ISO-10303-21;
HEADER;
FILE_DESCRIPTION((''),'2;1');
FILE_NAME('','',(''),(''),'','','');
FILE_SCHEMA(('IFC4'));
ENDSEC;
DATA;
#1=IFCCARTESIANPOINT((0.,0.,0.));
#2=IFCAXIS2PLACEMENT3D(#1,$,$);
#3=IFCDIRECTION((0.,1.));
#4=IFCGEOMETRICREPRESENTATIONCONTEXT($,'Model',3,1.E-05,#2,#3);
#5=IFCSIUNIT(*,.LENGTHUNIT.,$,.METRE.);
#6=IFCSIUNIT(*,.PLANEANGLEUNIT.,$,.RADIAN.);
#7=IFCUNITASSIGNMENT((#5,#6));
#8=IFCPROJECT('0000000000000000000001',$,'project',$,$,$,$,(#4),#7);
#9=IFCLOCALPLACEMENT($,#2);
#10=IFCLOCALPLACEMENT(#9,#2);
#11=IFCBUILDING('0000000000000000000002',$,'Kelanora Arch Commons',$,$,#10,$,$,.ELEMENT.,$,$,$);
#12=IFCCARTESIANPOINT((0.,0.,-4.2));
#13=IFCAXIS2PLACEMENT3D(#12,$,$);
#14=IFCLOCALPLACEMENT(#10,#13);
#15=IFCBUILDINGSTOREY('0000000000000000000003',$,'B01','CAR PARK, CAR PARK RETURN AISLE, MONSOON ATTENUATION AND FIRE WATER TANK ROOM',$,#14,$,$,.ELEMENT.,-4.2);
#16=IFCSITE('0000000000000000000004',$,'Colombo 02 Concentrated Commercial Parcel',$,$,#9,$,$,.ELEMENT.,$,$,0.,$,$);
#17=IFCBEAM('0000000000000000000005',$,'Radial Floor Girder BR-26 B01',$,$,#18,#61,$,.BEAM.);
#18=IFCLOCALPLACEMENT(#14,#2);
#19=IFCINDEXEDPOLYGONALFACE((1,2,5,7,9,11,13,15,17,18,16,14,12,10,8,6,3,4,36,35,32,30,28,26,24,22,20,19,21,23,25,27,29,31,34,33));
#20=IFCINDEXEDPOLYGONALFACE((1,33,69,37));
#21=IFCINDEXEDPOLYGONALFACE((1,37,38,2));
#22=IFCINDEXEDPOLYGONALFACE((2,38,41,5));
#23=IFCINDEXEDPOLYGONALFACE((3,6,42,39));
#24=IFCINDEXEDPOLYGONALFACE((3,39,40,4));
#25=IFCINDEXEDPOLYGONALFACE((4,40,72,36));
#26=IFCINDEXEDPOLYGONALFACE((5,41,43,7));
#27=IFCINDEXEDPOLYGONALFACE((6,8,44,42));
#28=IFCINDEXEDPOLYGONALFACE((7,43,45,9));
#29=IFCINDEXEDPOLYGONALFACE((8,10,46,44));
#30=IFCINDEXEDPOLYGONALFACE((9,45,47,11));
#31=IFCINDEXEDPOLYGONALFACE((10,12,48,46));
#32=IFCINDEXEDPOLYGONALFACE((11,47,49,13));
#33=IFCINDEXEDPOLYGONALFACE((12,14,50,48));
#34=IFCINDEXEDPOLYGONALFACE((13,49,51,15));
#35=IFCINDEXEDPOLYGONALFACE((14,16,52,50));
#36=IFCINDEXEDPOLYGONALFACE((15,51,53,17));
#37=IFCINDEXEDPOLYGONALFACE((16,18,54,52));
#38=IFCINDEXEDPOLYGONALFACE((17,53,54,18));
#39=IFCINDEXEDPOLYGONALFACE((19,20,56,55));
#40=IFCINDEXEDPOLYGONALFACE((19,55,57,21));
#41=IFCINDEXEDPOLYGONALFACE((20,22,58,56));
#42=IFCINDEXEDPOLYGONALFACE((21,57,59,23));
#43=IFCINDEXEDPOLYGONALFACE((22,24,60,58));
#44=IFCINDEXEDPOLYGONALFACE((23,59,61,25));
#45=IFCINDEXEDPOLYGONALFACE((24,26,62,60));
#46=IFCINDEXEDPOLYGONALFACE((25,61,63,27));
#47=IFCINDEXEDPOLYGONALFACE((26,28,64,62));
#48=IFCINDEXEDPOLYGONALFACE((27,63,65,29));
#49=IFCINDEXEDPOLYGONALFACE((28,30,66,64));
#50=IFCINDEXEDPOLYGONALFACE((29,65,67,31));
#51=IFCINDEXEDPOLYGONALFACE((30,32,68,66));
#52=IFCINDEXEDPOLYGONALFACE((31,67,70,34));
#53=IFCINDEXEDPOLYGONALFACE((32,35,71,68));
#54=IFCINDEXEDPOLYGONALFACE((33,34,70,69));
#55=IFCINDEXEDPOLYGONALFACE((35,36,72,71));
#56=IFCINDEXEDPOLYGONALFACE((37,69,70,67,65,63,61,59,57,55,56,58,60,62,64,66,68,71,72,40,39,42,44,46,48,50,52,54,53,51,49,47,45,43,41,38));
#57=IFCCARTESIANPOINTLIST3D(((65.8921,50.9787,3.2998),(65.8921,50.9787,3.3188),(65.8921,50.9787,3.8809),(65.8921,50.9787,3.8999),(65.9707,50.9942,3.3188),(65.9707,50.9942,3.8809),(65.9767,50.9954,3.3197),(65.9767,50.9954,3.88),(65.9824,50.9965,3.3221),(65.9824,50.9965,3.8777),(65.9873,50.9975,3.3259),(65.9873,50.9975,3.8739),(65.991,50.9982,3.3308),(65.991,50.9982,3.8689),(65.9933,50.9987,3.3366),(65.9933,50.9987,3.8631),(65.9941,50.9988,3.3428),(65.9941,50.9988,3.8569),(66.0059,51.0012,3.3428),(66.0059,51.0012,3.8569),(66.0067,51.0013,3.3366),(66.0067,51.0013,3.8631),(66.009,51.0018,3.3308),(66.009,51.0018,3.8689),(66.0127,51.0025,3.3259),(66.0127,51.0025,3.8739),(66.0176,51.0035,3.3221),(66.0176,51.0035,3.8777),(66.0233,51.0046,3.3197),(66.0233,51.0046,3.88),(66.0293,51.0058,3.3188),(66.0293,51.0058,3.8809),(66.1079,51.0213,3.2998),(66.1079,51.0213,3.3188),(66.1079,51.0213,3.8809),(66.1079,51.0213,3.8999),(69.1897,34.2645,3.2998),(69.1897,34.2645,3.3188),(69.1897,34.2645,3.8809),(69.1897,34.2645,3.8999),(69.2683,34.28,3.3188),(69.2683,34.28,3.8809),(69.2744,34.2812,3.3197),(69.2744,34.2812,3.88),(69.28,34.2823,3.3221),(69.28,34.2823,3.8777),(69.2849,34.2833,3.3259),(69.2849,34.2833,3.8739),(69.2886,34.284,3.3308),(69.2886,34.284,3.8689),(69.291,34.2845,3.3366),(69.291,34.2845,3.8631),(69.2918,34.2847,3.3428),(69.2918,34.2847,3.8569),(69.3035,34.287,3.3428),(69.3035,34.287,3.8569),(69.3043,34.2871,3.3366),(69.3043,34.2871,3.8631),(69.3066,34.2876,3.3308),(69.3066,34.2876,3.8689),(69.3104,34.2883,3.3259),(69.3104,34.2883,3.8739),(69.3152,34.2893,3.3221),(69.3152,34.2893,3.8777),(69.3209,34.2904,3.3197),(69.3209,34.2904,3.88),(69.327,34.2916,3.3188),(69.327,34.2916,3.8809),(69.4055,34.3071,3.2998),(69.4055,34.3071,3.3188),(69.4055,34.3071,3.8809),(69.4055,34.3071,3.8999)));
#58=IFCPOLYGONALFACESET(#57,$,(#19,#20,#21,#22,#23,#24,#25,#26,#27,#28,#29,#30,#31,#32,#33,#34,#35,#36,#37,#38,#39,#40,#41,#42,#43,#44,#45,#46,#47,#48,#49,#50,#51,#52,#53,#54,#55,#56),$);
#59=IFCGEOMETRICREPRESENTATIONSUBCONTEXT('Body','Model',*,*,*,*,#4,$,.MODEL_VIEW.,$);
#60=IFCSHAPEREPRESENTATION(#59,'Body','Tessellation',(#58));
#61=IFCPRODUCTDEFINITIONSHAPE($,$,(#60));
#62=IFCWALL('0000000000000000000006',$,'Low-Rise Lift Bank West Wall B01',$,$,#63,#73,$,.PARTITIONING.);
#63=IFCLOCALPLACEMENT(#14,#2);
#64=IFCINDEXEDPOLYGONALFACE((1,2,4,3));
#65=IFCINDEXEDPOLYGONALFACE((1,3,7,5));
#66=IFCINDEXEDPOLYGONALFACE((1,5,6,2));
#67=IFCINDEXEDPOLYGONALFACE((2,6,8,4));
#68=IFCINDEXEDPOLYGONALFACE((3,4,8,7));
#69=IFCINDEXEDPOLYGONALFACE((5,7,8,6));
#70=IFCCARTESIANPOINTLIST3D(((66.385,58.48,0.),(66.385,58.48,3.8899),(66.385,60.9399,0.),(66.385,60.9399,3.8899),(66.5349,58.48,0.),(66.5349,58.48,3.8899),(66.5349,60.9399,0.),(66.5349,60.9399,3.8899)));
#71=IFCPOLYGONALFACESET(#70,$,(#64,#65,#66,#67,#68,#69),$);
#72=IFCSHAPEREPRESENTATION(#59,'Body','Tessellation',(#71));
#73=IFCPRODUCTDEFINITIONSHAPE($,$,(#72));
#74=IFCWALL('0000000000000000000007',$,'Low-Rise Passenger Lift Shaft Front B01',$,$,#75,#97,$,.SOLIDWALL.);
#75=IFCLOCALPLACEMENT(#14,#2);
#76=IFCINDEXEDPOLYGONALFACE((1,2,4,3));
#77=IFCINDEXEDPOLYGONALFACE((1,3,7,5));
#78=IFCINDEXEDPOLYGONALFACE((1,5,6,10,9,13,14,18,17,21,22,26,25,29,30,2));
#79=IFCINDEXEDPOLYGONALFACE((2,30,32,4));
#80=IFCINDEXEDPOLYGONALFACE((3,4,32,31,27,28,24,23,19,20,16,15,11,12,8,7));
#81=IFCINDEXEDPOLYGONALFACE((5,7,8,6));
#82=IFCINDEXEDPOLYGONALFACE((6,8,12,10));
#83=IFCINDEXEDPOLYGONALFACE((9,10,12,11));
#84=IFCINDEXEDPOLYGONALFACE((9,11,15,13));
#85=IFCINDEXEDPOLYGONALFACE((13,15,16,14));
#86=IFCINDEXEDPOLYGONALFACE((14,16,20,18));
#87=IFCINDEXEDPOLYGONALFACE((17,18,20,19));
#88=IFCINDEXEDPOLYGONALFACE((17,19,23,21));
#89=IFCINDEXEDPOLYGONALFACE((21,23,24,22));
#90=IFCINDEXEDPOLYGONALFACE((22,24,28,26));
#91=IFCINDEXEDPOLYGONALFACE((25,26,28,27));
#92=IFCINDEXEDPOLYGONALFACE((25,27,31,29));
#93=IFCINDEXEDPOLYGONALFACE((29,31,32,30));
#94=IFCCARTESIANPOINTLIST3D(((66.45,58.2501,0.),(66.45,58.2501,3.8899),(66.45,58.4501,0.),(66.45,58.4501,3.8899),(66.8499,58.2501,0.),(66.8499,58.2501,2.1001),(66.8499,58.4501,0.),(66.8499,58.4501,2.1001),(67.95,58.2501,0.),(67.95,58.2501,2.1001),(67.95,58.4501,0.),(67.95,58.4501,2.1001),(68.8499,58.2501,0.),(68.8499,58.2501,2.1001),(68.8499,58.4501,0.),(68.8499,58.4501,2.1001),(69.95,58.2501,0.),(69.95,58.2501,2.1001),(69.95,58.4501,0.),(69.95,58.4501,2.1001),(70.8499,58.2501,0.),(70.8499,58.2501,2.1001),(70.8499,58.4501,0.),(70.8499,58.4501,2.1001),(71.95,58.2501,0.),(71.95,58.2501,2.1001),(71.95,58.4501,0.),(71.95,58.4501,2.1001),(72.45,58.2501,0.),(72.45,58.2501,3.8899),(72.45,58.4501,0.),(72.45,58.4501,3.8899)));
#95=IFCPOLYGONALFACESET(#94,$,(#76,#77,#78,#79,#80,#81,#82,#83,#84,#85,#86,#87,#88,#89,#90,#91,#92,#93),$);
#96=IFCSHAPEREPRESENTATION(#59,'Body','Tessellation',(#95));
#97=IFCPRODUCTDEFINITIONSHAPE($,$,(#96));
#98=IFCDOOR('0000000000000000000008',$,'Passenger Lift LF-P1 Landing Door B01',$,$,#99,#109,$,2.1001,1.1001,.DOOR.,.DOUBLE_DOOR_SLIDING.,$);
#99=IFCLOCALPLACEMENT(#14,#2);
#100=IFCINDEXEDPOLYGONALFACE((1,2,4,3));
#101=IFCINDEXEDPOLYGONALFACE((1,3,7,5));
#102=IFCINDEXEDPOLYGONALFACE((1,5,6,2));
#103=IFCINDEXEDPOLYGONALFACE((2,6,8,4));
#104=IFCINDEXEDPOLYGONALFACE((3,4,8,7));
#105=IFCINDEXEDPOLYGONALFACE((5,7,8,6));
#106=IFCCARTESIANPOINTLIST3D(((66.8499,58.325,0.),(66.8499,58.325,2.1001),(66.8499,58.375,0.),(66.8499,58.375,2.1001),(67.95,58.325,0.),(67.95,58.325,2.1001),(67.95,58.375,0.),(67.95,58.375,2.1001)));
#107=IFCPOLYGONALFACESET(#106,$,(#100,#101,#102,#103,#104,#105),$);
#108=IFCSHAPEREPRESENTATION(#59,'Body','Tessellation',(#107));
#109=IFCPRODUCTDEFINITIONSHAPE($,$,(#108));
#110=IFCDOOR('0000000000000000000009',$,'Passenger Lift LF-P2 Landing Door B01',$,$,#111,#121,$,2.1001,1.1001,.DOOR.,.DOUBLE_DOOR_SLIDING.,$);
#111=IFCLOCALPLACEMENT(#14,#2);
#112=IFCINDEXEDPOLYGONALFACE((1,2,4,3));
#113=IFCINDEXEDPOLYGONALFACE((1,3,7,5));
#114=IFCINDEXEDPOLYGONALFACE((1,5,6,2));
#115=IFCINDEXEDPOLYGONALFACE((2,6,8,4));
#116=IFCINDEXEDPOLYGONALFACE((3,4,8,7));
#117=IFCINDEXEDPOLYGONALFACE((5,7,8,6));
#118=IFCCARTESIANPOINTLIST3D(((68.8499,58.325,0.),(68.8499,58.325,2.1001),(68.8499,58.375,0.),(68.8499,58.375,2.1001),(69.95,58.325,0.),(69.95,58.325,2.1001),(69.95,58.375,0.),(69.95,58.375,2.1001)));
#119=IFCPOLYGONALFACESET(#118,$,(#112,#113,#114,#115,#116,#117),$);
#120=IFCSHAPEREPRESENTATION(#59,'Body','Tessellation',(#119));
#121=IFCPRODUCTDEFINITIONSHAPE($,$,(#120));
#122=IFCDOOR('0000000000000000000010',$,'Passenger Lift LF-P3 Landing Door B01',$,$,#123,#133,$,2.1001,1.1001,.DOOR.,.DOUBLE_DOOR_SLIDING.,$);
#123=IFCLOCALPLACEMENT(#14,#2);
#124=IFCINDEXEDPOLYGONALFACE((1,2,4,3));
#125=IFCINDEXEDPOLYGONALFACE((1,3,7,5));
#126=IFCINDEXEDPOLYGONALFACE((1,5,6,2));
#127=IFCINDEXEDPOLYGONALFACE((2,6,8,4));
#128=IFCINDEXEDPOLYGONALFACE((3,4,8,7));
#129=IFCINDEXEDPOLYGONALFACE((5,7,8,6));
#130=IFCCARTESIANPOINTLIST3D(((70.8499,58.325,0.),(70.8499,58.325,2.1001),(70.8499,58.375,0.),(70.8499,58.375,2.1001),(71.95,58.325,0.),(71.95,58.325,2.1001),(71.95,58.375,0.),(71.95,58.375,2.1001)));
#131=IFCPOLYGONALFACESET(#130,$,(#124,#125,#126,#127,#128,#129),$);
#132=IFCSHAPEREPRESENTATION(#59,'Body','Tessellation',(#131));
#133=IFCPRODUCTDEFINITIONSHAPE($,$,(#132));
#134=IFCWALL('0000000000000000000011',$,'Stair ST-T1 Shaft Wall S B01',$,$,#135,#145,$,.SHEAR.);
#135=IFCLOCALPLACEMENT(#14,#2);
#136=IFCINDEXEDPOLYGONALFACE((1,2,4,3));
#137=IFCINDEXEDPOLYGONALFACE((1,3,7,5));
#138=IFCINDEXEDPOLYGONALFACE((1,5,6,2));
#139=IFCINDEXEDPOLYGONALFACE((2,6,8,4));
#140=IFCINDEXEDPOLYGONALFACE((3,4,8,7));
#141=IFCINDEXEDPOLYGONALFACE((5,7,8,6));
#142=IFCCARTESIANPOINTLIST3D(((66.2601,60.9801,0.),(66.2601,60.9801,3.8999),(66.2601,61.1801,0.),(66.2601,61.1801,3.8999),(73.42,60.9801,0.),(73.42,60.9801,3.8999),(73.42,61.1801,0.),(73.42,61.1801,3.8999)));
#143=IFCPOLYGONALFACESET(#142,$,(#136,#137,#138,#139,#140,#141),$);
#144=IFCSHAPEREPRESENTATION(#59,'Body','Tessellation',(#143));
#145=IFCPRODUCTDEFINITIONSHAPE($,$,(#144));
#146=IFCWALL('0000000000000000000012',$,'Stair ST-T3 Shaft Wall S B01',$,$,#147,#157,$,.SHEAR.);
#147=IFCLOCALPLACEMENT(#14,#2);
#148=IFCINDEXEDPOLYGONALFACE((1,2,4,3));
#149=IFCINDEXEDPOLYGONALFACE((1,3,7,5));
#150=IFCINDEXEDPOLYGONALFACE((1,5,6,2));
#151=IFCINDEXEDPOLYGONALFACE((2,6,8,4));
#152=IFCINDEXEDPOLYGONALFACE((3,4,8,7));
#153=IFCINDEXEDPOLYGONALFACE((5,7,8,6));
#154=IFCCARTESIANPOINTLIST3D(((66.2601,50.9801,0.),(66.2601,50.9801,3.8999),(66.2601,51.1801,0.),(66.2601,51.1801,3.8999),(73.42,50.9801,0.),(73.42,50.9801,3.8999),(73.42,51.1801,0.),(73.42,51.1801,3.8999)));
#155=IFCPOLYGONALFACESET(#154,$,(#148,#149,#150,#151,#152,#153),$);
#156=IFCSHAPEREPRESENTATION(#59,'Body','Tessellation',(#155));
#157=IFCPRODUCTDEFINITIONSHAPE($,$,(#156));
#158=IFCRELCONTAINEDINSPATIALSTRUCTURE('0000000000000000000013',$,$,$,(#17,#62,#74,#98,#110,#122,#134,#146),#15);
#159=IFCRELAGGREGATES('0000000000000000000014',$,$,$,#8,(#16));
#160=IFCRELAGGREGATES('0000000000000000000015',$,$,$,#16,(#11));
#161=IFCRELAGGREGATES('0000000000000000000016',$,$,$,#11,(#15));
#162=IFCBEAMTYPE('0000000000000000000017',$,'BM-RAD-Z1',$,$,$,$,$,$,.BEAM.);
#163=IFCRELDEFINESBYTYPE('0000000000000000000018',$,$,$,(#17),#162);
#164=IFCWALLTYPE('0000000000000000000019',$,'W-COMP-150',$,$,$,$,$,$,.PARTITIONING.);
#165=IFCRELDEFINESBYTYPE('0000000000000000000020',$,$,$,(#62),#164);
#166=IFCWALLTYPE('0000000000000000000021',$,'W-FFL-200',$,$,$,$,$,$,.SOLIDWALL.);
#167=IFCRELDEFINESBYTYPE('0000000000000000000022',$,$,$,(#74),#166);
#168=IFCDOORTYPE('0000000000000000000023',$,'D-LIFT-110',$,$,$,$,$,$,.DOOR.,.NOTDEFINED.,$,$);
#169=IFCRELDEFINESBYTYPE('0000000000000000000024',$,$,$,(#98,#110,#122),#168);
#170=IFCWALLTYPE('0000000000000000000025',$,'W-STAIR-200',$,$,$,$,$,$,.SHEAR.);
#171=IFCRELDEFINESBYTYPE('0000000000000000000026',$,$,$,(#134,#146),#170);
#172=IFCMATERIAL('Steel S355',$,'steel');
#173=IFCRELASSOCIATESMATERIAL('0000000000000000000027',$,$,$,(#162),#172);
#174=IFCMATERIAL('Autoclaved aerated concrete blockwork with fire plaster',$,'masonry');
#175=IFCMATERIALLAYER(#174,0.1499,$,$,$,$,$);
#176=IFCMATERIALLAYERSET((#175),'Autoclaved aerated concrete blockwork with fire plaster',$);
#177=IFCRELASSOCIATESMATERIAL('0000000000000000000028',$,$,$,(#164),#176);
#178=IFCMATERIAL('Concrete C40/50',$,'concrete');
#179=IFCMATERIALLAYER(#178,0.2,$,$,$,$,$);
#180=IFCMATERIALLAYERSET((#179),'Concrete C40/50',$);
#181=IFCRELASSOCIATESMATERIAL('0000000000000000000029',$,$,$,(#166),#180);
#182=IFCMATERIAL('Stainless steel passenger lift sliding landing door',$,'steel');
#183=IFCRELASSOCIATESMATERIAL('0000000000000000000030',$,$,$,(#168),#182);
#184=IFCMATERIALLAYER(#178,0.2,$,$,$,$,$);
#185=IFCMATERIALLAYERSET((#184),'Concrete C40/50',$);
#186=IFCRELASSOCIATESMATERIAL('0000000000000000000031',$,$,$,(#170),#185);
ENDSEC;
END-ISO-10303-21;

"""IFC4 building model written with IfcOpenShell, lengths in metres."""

from ifc_helpers import new_model, si_unit, direction, frame, frame_2d, origin, origin_2d, place, context, subcontext, project, spatial, rectangle, i_section, extrude, material, layer, layer_set, material_profile, profile_set, type_object, element, fill, save


model = new_model("IFC4")

# Units and contexts
model_context = context("Model", 3, precision=1e-05, world=origin(), true_north=direction((0.0, 1.0)))
body_context = subcontext(model_context, "Body", "Model", "MODEL_VIEW")
ifc_project = project(units=[si_unit("LENGTHUNIT", "METRE"), si_unit("PLANEANGLEUNIT", "RADIAN")], contexts=[model_context])

# Site, building, storey
site_placement = place(None, origin())
site = spatial("IfcSite", under=ifc_project, at=site_placement, Name="Colombo 02 Concentrated Commercial Parcel", CompositionType="ELEMENT", RefElevation=0.0)
building_placement = place(site_placement, origin())
building = spatial("IfcBuilding", under=site, at=building_placement, Name="Kelanora Arch Commons", CompositionType="ELEMENT")
storey_placement = place(building_placement, frame((0.0, 0.0, -4.2)))
storey = spatial("IfcBuildingStorey", under=building, at=storey_placement, Name="B01", Description="CAR PARK, CAR PARK RETURN AISLE, MONSOON ATTENUATION AND FIRE WATER TANK ROOM", CompositionType="ELEMENT", Elevation=-4.2)

# Beam
ifc_material_1 = material(Name="Steel S355", Category="steel")
ifc_material_profile_1 = material_profile(ifc_material_1, i_section(OverallWidth=0.22, OverallDepth=0.6001, WebThickness=0.012, FlangeThickness=0.019, FilletRadius=0.0239, at=origin_2d()), Name="IPE600")
ifc_profile_set_1 = profile_set([ifc_material_profile_1], Name="Steel S355")
beam_type_1 = type_object("IfcBeamType", Name="BM-RAD-Z1", PredefinedType="BEAM", material=ifc_profile_set_1)
beam_1_placement = place(storey_placement, frame((66.0, 51.0, 3.5999), z_axis=(0.193564, -0.981088, 0.0), x_axis=(0.981088, 0.193564, 0.0)))
element("IfcBeam", 1, at=beam_1_placement, inside=storey, type_object=beam_type_1, Name="Radial Floor Girder BR-26 B01", PredefinedType="BEAM", context=body_context, shape_type="SweptSolid", body=[
    extrude(i_section(OverallWidth=0.22, OverallDepth=0.6001, WebThickness=0.012, FlangeThickness=0.019, FilletRadius=0.0239, at=origin_2d()), origin(), (0.0, 0.0, 1.0), 17.0364),
])

# Wall
ifc_material_2 = material(Name="Autoclaved aerated concrete blockwork with fire plaster", Category="masonry")
ifc_layer_1 = layer(ifc_material_2, 0.1499)
ifc_layer_set_1 = layer_set([ifc_layer_1], Name="Autoclaved aerated concrete blockwork with fire plaster")
wall_type_1 = type_object("IfcWallType", Name="W-COMP-150", PredefinedType="PARTITIONING", material=ifc_layer_set_1)
wall_1_placement = place(storey_placement, frame((66.46, 58.48, 0.0), z_axis=(0.0, 0.0, 1.0), x_axis=(0.0, 1.0, 0.0)))
element("IfcWall", 2, at=wall_1_placement, inside=storey, type_object=wall_type_1, Name="Low-Rise Lift Bank West Wall B01", PredefinedType="PARTITIONING", context=body_context, shape_type="SweptSolid", body=[
    extrude(rectangle(XDim=2.46, YDim=0.1499, at=frame_2d((1.23, 0.0))), origin(), (0.0, 0.0, 1.0), 3.8899),
])

# Wall, openings, doors
ifc_material_3 = material(Name="Concrete C40/50", Category="concrete")
ifc_layer_2 = layer(ifc_material_3, 0.2)
ifc_layer_set_2 = layer_set([ifc_layer_2], Name="Concrete C40/50")
wall_type_2 = type_object("IfcWallType", Name="W-FFL-200", PredefinedType="SOLIDWALL", material=ifc_layer_set_2)
wall_2_placement = place(storey_placement, frame((66.45, 58.3501, 0.0), z_axis=(0.0, 0.0, 1.0), x_axis=(1.0, 0.0, 0.0)))
wall_2 = element("IfcWall", 3, at=wall_2_placement, inside=storey, type_object=wall_type_2, Name="Low-Rise Passenger Lift Shaft Front B01", PredefinedType="SOLIDWALL", context=body_context, shape_type="SweptSolid", body=[
    extrude(rectangle(XDim=6.0, YDim=0.2, at=frame_2d((3.0, 0.0))), origin(), (0.0, 0.0, 1.0), 3.8899),
])
opening_1_placement = place(wall_2_placement, frame((0.3999, 0.0, 0.0)))
opening_1 = element("IfcOpeningElement", 4, at=opening_1_placement, cuts=wall_2, PredefinedType="OPENING", context=body_context, shape_type="SweptSolid", body=[
    extrude(rectangle(XDim=1.1001, YDim=2.1001, at=frame_2d((0.55, 1.05))), frame((0.0, 0.1099, 0.0), z_axis=(0.0, -1.0, 0.0), x_axis=(1.0, 0.0, 0.0)), (0.0, 0.0, 1.0), 0.22),
])
opening_2_placement = place(wall_2_placement, frame((2.3999, 0.0, 0.0)))
opening_2 = element("IfcOpeningElement", 5, at=opening_2_placement, cuts=wall_2, PredefinedType="OPENING", context=body_context, shape_type="SweptSolid", body=[
    extrude(rectangle(XDim=1.1001, YDim=2.1001, at=frame_2d((0.55, 1.05))), frame((0.0, 0.1099, 0.0), z_axis=(0.0, -1.0, 0.0), x_axis=(1.0, 0.0, 0.0)), (0.0, 0.0, 1.0), 0.22),
])
opening_3_placement = place(wall_2_placement, frame((4.3999, 0.0, 0.0)))
opening_3 = element("IfcOpeningElement", 6, at=opening_3_placement, cuts=wall_2, PredefinedType="OPENING", context=body_context, shape_type="SweptSolid", body=[
    extrude(rectangle(XDim=1.1001, YDim=2.1001, at=frame_2d((0.55, 1.05))), frame((0.0, 0.1099, 0.0), z_axis=(0.0, -1.0, 0.0), x_axis=(1.0, 0.0, 0.0)), (0.0, 0.0, 1.0), 0.22),
])
ifc_material_4 = material(Name="Stainless steel passenger lift sliding landing door", Category="steel")
door_type_1 = type_object("IfcDoorType", Name="D-LIFT-110", OperationType="NOTDEFINED", PredefinedType="DOOR", material=ifc_material_4)
door_1_placement = place(opening_1_placement, origin())
door_1 = element("IfcDoor", 7, at=door_1_placement, inside=storey, type_object=door_type_1, Name="Passenger Lift LF-P1 Landing Door B01", OperationType="DOUBLE_DOOR_SLIDING", OverallHeight=2.1001, OverallWidth=1.1001, PredefinedType="DOOR", context=body_context, shape_type="SweptSolid", body=[
    extrude(rectangle(XDim=1.1001, YDim=2.1001, at=frame_2d((0.55, 1.05))), frame((0.0, 0.0249, 0.0), z_axis=(0.0, -1.0, 0.0), x_axis=(1.0, 0.0, 0.0)), (0.0, 0.0, 1.0), 0.05),
])
fill(opening_1, door_1)
door_2_placement = place(opening_2_placement, origin())
door_2 = element("IfcDoor", 8, at=door_2_placement, inside=storey, type_object=door_type_1, Name="Passenger Lift LF-P2 Landing Door B01", OperationType="DOUBLE_DOOR_SLIDING", OverallHeight=2.1001, OverallWidth=1.1001, PredefinedType="DOOR", context=body_context, shape_type="SweptSolid", body=[
    extrude(rectangle(XDim=1.1001, YDim=2.1001, at=frame_2d((0.55, 1.05))), frame((0.0, 0.0249, 0.0), z_axis=(0.0, -1.0, 0.0), x_axis=(1.0, 0.0, 0.0)), (0.0, 0.0, 1.0), 0.05),
])
fill(opening_2, door_2)
door_3_placement = place(opening_3_placement, origin())
door_3 = element("IfcDoor", 9, at=door_3_placement, inside=storey, type_object=door_type_1, Name="Passenger Lift LF-P3 Landing Door B01", OperationType="DOUBLE_DOOR_SLIDING", OverallHeight=2.1001, OverallWidth=1.1001, PredefinedType="DOOR", context=body_context, shape_type="SweptSolid", body=[
    extrude(rectangle(XDim=1.1001, YDim=2.1001, at=frame_2d((0.55, 1.05))), frame((0.0, 0.0249, 0.0), z_axis=(0.0, -1.0, 0.0), x_axis=(1.0, 0.0, 0.0)), (0.0, 0.0, 1.0), 0.05),
])
fill(opening_3, door_3)

# Walls
ifc_layer_3 = layer(ifc_material_3, 0.2)
ifc_layer_set_3 = layer_set([ifc_layer_3], Name="Concrete C40/50")
wall_type_3 = type_object("IfcWallType", Name="W-STAIR-200", PredefinedType="SHEAR", material=ifc_layer_set_3)
for number, where, z_axis, x_axis, name in (
    (10, (66.26, 61.0801, 0.0), (0.0, 0.0, 1.0), (1.0, 0.0, 0.0), "Stair ST-T1 Shaft Wall S B01"),
    (11, (66.26, 51.0801, 0.0), (0.0, 0.0, 1.0), (1.0, 0.0, 0.0), "Stair ST-T3 Shaft Wall S B01"),
):
    element("IfcWall", number, at=place(storey_placement, frame(where, z_axis=z_axis, x_axis=x_axis)), inside=storey, type_object=wall_type_3, Name=name, PredefinedType="SHEAR", context=body_context, shape_type="SweptSolid", body=[
        extrude(rectangle(XDim=7.1599, YDim=0.2, at=frame_2d((3.5801, 0.0))), origin(), (0.0, 0.0, 1.0), 3.8999),
    ])

save(model, "model.ifc")
